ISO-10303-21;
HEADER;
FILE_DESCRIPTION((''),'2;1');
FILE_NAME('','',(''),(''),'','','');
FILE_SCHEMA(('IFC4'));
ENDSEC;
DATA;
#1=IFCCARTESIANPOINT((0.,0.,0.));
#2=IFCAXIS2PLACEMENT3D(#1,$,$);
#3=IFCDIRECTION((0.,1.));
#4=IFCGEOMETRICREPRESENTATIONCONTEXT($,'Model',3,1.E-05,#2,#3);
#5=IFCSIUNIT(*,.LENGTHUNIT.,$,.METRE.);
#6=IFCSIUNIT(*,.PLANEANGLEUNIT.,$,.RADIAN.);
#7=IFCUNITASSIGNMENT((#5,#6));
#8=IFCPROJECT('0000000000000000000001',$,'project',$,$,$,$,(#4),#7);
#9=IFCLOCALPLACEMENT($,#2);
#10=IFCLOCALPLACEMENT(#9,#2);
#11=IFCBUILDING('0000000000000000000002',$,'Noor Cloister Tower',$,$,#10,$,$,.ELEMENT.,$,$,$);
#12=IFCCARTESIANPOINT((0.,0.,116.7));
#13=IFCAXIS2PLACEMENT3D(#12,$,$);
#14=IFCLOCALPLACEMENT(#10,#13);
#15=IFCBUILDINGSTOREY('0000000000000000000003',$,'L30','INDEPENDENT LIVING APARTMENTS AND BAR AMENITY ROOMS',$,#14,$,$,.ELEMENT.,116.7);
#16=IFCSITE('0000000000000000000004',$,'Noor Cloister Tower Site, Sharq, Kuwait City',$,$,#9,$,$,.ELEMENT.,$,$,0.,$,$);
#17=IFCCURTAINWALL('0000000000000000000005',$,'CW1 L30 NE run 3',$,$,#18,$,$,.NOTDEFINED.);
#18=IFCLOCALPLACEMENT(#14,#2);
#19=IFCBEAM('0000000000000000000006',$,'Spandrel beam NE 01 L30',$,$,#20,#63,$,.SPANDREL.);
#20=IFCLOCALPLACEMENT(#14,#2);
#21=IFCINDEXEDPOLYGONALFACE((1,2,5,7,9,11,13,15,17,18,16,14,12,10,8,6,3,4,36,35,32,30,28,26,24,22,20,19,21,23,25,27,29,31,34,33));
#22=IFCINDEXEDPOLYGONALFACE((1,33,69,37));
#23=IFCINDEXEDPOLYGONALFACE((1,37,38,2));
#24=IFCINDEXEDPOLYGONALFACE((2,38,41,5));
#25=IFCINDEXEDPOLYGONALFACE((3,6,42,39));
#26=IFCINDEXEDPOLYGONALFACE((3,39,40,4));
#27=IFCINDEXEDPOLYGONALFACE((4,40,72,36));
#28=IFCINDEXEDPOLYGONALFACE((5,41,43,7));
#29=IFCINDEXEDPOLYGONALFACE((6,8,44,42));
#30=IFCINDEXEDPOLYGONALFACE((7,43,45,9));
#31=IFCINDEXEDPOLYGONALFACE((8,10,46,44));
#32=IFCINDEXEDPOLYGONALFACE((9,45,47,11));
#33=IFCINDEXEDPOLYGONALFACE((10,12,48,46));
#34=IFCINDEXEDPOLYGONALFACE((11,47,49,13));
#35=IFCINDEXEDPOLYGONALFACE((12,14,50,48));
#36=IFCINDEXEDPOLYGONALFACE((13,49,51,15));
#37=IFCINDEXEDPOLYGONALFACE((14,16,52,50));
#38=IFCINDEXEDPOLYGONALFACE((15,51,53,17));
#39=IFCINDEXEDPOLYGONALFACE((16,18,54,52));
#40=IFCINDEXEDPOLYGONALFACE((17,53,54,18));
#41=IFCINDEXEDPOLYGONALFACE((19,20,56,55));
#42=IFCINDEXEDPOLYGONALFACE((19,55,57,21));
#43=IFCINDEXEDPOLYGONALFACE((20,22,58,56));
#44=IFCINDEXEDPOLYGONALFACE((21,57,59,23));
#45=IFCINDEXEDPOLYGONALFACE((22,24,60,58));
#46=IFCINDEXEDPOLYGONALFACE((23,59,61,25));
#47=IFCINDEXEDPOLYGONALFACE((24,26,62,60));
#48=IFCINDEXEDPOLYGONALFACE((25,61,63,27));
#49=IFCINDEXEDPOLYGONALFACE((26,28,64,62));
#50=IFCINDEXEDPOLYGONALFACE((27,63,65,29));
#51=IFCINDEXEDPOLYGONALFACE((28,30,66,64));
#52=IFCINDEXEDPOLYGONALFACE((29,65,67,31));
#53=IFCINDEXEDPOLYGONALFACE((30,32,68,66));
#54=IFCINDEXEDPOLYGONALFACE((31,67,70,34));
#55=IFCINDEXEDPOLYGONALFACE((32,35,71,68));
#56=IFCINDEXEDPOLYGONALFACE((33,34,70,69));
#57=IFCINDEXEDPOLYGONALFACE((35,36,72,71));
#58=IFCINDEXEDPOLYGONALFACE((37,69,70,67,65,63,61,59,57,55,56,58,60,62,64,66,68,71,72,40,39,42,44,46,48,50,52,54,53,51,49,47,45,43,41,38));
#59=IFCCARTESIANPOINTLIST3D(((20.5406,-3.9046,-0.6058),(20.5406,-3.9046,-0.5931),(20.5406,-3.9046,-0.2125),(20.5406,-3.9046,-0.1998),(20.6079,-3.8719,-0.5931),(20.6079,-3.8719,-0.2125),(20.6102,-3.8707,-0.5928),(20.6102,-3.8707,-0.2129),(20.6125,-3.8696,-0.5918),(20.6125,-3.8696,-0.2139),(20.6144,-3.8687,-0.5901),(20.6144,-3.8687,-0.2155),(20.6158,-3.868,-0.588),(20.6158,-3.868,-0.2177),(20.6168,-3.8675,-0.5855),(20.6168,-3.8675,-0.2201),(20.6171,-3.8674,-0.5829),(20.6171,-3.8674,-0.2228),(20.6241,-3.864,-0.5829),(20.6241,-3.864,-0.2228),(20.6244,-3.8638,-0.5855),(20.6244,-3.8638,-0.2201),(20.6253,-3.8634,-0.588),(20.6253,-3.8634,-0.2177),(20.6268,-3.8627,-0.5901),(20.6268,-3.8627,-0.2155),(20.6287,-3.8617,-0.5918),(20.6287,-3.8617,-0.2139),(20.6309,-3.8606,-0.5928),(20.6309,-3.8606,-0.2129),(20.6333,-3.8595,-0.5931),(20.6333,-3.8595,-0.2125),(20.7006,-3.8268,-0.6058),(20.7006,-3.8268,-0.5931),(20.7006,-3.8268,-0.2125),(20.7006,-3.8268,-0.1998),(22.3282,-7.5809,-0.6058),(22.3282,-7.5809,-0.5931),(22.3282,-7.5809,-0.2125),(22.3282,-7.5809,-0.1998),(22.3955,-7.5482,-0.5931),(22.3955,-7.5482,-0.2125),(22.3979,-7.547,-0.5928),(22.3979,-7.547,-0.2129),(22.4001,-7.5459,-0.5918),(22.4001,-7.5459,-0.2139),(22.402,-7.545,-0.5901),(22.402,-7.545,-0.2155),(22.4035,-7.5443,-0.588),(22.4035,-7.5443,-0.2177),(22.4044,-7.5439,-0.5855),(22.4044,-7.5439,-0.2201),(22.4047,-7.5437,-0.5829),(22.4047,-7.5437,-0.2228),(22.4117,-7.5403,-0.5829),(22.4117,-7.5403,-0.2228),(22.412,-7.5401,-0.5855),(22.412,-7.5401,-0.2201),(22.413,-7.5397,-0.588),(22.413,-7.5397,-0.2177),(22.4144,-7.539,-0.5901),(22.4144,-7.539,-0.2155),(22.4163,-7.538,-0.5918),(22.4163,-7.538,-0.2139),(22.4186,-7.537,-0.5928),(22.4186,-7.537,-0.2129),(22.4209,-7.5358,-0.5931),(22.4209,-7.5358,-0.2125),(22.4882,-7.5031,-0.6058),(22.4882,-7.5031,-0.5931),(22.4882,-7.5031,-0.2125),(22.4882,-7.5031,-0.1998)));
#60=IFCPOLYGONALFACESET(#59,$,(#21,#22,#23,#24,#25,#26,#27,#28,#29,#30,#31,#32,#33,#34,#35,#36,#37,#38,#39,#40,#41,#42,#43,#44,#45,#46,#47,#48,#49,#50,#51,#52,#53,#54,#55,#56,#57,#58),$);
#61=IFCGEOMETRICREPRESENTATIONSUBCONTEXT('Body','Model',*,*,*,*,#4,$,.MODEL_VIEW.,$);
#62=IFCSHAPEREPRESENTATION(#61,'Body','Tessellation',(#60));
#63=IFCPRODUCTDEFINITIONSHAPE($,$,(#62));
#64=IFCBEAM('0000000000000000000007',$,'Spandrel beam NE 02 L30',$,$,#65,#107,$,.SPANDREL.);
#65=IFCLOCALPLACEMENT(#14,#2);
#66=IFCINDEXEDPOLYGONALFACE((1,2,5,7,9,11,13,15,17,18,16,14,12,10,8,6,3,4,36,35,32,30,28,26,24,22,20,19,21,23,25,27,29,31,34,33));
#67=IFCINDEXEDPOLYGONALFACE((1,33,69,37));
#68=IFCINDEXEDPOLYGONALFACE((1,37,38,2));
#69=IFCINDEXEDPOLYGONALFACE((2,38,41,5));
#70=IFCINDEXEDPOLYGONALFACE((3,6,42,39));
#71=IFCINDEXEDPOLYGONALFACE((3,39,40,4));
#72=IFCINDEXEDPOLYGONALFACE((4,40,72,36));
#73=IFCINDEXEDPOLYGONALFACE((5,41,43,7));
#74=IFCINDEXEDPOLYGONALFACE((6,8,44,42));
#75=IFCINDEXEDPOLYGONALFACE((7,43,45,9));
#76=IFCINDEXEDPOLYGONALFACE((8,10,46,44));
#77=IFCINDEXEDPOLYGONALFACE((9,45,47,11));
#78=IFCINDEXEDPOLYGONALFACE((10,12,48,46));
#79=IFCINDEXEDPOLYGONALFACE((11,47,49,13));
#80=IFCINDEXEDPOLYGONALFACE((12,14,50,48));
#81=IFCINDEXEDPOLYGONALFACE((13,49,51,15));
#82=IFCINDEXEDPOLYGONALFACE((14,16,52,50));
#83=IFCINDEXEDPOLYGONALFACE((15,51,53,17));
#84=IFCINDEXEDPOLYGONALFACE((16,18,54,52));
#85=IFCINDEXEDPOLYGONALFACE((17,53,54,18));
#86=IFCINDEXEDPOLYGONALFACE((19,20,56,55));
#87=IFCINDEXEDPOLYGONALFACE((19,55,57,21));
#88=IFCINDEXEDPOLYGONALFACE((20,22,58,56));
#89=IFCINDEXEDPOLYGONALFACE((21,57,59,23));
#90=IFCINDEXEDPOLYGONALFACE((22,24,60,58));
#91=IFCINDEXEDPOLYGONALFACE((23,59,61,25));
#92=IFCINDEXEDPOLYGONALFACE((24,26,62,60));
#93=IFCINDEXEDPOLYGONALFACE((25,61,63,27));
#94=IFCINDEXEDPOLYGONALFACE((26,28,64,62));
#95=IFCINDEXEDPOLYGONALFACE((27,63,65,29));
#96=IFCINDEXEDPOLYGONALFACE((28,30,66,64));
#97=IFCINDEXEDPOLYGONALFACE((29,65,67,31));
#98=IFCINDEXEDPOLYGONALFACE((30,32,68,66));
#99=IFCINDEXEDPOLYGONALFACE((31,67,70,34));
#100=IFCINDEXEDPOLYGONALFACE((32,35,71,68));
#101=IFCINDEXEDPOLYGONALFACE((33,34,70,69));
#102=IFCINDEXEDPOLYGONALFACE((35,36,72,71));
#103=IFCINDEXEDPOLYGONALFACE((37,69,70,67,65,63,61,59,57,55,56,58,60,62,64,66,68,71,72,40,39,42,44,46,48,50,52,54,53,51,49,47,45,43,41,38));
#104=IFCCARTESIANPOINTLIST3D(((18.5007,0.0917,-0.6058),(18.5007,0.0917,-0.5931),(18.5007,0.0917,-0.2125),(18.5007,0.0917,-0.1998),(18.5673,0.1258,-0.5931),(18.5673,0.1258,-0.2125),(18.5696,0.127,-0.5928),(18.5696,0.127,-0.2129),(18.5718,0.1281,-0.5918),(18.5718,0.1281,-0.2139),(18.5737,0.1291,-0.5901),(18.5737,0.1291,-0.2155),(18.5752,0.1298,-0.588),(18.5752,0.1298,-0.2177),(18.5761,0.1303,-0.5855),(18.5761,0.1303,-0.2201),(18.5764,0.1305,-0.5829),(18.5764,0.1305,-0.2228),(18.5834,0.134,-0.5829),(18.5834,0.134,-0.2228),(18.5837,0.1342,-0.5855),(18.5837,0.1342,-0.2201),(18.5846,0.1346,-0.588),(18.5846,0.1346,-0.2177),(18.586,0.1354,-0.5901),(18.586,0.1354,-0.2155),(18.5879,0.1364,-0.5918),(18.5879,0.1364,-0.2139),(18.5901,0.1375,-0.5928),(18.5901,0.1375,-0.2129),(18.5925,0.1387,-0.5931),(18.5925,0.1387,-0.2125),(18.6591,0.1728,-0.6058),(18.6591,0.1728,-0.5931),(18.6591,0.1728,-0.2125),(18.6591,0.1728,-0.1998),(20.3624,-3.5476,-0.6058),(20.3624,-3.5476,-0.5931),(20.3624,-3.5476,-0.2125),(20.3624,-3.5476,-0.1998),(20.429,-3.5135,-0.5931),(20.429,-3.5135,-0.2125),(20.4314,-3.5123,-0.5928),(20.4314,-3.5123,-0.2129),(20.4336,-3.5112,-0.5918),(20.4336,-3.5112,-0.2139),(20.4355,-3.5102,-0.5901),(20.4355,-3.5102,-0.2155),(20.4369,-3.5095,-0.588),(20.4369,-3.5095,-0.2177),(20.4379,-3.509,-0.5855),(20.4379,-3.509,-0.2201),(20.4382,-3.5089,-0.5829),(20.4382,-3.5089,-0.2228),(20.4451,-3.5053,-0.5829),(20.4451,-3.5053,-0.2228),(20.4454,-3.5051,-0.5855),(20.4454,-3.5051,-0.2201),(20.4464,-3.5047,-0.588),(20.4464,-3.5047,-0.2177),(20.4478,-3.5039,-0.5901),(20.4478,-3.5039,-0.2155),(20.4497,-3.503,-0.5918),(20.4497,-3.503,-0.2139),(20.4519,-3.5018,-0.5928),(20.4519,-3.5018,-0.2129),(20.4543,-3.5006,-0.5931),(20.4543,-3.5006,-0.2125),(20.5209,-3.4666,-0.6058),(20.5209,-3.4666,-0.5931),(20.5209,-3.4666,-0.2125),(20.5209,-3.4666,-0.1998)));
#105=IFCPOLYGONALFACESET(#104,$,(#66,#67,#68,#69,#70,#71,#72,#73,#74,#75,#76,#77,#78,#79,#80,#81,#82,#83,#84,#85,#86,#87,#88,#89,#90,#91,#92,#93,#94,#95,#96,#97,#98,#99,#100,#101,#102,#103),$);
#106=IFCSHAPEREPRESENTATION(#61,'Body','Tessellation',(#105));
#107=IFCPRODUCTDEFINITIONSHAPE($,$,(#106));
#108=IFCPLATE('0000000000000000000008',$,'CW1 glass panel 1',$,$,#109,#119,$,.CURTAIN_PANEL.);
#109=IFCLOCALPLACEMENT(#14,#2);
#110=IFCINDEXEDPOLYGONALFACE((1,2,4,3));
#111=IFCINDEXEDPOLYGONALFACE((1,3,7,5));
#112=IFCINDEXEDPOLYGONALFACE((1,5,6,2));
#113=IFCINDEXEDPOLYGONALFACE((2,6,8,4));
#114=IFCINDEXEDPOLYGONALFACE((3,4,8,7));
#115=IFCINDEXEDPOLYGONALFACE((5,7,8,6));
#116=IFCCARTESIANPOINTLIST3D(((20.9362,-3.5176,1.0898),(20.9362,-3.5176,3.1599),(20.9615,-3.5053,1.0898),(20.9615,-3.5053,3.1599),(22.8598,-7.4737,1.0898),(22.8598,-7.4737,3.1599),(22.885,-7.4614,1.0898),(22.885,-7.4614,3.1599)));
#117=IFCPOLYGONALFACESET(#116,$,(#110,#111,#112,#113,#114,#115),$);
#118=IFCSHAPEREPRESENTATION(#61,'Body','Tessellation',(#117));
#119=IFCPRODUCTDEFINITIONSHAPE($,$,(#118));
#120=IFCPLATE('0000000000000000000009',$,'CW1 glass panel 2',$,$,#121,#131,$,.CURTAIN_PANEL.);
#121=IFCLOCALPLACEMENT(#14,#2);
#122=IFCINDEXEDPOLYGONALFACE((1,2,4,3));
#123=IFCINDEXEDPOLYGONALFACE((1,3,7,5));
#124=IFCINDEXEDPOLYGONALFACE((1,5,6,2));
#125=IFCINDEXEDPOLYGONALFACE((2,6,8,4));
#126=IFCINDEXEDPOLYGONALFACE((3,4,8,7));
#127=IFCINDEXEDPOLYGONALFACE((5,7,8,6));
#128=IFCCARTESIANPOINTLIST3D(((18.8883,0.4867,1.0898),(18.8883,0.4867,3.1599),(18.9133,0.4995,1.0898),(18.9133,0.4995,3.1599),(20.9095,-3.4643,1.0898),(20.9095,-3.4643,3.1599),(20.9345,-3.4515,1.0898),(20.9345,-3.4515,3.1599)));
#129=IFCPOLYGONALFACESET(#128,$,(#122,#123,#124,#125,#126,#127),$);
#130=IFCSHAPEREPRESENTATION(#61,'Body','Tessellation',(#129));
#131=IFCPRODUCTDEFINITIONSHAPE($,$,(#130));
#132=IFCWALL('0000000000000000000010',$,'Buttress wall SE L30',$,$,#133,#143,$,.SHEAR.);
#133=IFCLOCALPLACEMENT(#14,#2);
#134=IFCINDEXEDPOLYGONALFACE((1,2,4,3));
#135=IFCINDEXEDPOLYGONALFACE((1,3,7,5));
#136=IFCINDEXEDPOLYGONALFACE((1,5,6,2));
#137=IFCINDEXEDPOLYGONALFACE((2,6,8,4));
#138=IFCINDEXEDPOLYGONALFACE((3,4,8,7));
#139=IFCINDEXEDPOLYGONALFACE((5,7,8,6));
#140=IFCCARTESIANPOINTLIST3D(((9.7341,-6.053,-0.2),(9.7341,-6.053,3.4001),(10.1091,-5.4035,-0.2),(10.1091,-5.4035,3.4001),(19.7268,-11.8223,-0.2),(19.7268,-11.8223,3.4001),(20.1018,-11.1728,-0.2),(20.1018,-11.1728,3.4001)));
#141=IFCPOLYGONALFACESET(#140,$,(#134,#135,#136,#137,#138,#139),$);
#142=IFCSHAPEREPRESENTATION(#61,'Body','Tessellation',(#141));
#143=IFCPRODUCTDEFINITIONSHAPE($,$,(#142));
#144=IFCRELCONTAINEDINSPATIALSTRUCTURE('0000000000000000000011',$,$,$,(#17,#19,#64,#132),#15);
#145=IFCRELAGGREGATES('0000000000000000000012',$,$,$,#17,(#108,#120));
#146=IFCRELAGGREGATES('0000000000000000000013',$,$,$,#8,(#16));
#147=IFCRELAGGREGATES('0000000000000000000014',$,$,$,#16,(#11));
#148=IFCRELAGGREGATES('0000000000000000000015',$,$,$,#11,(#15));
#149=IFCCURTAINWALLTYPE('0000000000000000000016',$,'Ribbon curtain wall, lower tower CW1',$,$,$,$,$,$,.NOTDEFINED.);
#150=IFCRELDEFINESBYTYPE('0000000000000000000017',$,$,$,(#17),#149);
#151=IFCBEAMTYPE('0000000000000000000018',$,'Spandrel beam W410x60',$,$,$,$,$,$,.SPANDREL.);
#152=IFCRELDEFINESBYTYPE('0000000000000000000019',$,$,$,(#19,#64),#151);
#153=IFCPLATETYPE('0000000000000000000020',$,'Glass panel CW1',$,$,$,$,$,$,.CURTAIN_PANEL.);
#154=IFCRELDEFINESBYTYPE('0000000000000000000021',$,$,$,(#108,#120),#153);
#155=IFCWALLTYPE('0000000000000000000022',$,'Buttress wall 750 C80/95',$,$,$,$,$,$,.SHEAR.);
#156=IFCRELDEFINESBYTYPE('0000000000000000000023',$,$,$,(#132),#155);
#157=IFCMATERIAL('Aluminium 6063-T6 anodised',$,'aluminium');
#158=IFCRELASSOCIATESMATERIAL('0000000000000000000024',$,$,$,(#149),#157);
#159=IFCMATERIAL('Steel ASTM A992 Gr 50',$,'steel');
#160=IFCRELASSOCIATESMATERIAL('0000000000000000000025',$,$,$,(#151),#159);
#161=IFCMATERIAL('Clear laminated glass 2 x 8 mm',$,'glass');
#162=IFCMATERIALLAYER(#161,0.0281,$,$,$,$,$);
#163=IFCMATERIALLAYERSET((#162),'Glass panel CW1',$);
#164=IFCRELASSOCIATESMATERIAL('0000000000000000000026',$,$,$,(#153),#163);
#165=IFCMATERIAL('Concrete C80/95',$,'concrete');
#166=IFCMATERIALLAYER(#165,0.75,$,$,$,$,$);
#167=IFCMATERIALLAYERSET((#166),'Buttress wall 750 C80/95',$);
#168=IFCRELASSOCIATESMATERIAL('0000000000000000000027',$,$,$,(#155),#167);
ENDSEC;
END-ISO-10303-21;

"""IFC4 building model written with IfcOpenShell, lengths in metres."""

from ifc_helpers import new_model, si_unit, direction, frame, frame_2d, origin, origin_2d, place, context, subcontext, project, spatial, rectangle, i_section, extrude, material, layer, layer_set, material_profile, profile_set, type_object, element, aggregate, save


model = new_model("IFC4")

# Units and contexts
model_context = context("Model", 3, precision=1e-05, world=origin(), true_north=direction((0.0, 1.0)))
body_context = subcontext(model_context, "Body", "Model", "MODEL_VIEW")
ifc_project = project(units=[si_unit("LENGTHUNIT", "METRE"), si_unit("PLANEANGLEUNIT", "RADIAN")], contexts=[model_context])

# Site, building, storey
site_placement = place(None, origin())
site = spatial("IfcSite", under=ifc_project, at=site_placement, Name="Noor Cloister Tower Site, Sharq, Kuwait City", CompositionType="ELEMENT", RefElevation=0.0)
building_placement = place(site_placement, origin())
building = spatial("IfcBuilding", under=site, at=building_placement, Name="Noor Cloister Tower", CompositionType="ELEMENT")
storey_placement = place(building_placement, frame((0.0, 0.0, 116.7)))
storey = spatial("IfcBuildingStorey", under=building, at=storey_placement, Name="L30", Description="INDEPENDENT LIVING APARTMENTS AND BAR AMENITY ROOMS", CompositionType="ELEMENT", Elevation=116.7)

# Curtain wall
ifc_material_1 = material(Name="Aluminium 6063-T6 anodised", Category="aluminium")
curtain_wall_type = type_object("IfcCurtainWallType", Name="Ribbon curtain wall, lower tower CW1", PredefinedType="NOTDEFINED", material=ifc_material_1)
curtain_wall_placement = place(storey_placement, origin())
curtain_wall = element("IfcCurtainWall", 1, at=curtain_wall_placement, inside=storey, type_object=curtain_wall_type, Name="CW1 L30 NE run 3", PredefinedType="NOTDEFINED")

# Beams
ifc_material_2 = material(Name="Steel ASTM A992 Gr 50", Category="steel")
ifc_material_profile_1 = material_profile(ifc_material_2, i_section(OverallWidth=0.178, OverallDepth=0.406, WebThickness=0.0078, FlangeThickness=0.0127, FilletRadius=0.0103, at=origin_2d()), Name="W410x60")
ifc_profile_set_1 = profile_set([ifc_material_profile_1], Name="Steel ASTM A992 Gr 50")
beam_type_1 = type_object("IfcBeamType", Name="Spandrel beam W410x60", PredefinedType="SPANDREL", material=ifc_profile_set_1)
for number, where, z_axis, x_axis, name in (
    (2, (22.4082, -7.542, -0.4028), (-0.437296, 0.899318, 0.0), (-0.899318, -0.437296, 0.0), "Spandrel beam NE 01 L30"),
    (3, (20.4417, -3.5071, -0.4028), (-0.455436, 0.890268, 0.0), (-0.890268, -0.455436, 0.0), "Spandrel beam NE 02 L30"),
):
    element("IfcBeam", number, at=place(storey_placement, frame(where, z_axis=z_axis, x_axis=x_axis)), inside=storey, type_object=beam_type_1, Name=name, PredefinedType="SPANDREL", context=body_context, shape_type="SweptSolid", body=[
        extrude(i_section(OverallWidth=0.178, OverallDepth=0.406, WebThickness=0.0078, FlangeThickness=0.0127, FilletRadius=0.0103, at=origin_2d()), origin(), (0.0, 0.0, 1.0), 4.0879),
    ])

# Plates
ifc_material_3 = material(Name="Clear laminated glass 2 x 8 mm", Category="glass")
ifc_layer_1 = layer(ifc_material_3, 0.0281)
ifc_layer_set_1 = layer_set([ifc_layer_1], Name="Glass panel CW1")
plate_type = type_object("IfcPlateType", Name="Glass panel CW1", PredefinedType="CURTAIN_PANEL", material=ifc_layer_set_1)
plate_1_placement = place(storey_placement, frame((21.9106, -5.4895, 1.0898), z_axis=(0.0, 0.0, 1.0), x_axis=(-0.437276, 0.899328, 0.0)))
plate_1 = element("IfcPlate", 4, at=plate_1_placement, type_object=plate_type, Name="CW1 glass panel 1", PredefinedType="CURTAIN_PANEL", context=body_context, shape_type="SweptSolid", body=[
    extrude(rectangle(XDim=4.3989, YDim=0.0281, at=origin_2d()), origin(), (0.0, 0.0, 1.0), 2.0701),
])
plate_2_placement = place(storey_placement, frame((19.9114, -1.4824, 1.0898), z_axis=(0.0, 0.0, 1.0), x_axis=(-0.455436, 0.890269, 0.0)))
plate_2 = element("IfcPlate", 5, at=plate_2_placement, type_object=plate_type, Name="CW1 glass panel 2", PredefinedType="CURTAIN_PANEL", context=body_context, shape_type="SweptSolid", body=[
    extrude(rectangle(XDim=4.438, YDim=0.0281, at=origin_2d()), origin(), (0.0, 0.0, 1.0), 2.0701),
])
aggregate(curtain_wall, [plate_1, plate_2])

# Wall
ifc_material_4 = material(Name="Concrete C80/95", Category="concrete")
ifc_layer_2 = layer(ifc_material_4, 0.75)
ifc_layer_set_2 = layer_set([ifc_layer_2], Name="Buttress wall 750 C80/95")
wall_type_1 = type_object("IfcWallType", Name="Buttress wall 750 C80/95", PredefinedType="SHEAR", material=ifc_layer_set_2)
wall_1_placement = place(storey_placement, frame((9.9216, -5.7283, -0.2), z_axis=(0.0, 0.0, 1.0), x_axis=(0.866025, -0.500001, 0.0)))
element("IfcWall", 6, at=wall_1_placement, inside=storey, type_object=wall_type_1, Name="Buttress wall SE L30", PredefinedType="SHEAR", context=body_context, shape_type="SweptSolid", body=[
    extrude(rectangle(XDim=11.5386, YDim=0.75, at=frame_2d((5.7693, 0.0))), origin(), (0.0, 0.0, 1.0), 3.6001),
])

save(model, "model.ifc")
